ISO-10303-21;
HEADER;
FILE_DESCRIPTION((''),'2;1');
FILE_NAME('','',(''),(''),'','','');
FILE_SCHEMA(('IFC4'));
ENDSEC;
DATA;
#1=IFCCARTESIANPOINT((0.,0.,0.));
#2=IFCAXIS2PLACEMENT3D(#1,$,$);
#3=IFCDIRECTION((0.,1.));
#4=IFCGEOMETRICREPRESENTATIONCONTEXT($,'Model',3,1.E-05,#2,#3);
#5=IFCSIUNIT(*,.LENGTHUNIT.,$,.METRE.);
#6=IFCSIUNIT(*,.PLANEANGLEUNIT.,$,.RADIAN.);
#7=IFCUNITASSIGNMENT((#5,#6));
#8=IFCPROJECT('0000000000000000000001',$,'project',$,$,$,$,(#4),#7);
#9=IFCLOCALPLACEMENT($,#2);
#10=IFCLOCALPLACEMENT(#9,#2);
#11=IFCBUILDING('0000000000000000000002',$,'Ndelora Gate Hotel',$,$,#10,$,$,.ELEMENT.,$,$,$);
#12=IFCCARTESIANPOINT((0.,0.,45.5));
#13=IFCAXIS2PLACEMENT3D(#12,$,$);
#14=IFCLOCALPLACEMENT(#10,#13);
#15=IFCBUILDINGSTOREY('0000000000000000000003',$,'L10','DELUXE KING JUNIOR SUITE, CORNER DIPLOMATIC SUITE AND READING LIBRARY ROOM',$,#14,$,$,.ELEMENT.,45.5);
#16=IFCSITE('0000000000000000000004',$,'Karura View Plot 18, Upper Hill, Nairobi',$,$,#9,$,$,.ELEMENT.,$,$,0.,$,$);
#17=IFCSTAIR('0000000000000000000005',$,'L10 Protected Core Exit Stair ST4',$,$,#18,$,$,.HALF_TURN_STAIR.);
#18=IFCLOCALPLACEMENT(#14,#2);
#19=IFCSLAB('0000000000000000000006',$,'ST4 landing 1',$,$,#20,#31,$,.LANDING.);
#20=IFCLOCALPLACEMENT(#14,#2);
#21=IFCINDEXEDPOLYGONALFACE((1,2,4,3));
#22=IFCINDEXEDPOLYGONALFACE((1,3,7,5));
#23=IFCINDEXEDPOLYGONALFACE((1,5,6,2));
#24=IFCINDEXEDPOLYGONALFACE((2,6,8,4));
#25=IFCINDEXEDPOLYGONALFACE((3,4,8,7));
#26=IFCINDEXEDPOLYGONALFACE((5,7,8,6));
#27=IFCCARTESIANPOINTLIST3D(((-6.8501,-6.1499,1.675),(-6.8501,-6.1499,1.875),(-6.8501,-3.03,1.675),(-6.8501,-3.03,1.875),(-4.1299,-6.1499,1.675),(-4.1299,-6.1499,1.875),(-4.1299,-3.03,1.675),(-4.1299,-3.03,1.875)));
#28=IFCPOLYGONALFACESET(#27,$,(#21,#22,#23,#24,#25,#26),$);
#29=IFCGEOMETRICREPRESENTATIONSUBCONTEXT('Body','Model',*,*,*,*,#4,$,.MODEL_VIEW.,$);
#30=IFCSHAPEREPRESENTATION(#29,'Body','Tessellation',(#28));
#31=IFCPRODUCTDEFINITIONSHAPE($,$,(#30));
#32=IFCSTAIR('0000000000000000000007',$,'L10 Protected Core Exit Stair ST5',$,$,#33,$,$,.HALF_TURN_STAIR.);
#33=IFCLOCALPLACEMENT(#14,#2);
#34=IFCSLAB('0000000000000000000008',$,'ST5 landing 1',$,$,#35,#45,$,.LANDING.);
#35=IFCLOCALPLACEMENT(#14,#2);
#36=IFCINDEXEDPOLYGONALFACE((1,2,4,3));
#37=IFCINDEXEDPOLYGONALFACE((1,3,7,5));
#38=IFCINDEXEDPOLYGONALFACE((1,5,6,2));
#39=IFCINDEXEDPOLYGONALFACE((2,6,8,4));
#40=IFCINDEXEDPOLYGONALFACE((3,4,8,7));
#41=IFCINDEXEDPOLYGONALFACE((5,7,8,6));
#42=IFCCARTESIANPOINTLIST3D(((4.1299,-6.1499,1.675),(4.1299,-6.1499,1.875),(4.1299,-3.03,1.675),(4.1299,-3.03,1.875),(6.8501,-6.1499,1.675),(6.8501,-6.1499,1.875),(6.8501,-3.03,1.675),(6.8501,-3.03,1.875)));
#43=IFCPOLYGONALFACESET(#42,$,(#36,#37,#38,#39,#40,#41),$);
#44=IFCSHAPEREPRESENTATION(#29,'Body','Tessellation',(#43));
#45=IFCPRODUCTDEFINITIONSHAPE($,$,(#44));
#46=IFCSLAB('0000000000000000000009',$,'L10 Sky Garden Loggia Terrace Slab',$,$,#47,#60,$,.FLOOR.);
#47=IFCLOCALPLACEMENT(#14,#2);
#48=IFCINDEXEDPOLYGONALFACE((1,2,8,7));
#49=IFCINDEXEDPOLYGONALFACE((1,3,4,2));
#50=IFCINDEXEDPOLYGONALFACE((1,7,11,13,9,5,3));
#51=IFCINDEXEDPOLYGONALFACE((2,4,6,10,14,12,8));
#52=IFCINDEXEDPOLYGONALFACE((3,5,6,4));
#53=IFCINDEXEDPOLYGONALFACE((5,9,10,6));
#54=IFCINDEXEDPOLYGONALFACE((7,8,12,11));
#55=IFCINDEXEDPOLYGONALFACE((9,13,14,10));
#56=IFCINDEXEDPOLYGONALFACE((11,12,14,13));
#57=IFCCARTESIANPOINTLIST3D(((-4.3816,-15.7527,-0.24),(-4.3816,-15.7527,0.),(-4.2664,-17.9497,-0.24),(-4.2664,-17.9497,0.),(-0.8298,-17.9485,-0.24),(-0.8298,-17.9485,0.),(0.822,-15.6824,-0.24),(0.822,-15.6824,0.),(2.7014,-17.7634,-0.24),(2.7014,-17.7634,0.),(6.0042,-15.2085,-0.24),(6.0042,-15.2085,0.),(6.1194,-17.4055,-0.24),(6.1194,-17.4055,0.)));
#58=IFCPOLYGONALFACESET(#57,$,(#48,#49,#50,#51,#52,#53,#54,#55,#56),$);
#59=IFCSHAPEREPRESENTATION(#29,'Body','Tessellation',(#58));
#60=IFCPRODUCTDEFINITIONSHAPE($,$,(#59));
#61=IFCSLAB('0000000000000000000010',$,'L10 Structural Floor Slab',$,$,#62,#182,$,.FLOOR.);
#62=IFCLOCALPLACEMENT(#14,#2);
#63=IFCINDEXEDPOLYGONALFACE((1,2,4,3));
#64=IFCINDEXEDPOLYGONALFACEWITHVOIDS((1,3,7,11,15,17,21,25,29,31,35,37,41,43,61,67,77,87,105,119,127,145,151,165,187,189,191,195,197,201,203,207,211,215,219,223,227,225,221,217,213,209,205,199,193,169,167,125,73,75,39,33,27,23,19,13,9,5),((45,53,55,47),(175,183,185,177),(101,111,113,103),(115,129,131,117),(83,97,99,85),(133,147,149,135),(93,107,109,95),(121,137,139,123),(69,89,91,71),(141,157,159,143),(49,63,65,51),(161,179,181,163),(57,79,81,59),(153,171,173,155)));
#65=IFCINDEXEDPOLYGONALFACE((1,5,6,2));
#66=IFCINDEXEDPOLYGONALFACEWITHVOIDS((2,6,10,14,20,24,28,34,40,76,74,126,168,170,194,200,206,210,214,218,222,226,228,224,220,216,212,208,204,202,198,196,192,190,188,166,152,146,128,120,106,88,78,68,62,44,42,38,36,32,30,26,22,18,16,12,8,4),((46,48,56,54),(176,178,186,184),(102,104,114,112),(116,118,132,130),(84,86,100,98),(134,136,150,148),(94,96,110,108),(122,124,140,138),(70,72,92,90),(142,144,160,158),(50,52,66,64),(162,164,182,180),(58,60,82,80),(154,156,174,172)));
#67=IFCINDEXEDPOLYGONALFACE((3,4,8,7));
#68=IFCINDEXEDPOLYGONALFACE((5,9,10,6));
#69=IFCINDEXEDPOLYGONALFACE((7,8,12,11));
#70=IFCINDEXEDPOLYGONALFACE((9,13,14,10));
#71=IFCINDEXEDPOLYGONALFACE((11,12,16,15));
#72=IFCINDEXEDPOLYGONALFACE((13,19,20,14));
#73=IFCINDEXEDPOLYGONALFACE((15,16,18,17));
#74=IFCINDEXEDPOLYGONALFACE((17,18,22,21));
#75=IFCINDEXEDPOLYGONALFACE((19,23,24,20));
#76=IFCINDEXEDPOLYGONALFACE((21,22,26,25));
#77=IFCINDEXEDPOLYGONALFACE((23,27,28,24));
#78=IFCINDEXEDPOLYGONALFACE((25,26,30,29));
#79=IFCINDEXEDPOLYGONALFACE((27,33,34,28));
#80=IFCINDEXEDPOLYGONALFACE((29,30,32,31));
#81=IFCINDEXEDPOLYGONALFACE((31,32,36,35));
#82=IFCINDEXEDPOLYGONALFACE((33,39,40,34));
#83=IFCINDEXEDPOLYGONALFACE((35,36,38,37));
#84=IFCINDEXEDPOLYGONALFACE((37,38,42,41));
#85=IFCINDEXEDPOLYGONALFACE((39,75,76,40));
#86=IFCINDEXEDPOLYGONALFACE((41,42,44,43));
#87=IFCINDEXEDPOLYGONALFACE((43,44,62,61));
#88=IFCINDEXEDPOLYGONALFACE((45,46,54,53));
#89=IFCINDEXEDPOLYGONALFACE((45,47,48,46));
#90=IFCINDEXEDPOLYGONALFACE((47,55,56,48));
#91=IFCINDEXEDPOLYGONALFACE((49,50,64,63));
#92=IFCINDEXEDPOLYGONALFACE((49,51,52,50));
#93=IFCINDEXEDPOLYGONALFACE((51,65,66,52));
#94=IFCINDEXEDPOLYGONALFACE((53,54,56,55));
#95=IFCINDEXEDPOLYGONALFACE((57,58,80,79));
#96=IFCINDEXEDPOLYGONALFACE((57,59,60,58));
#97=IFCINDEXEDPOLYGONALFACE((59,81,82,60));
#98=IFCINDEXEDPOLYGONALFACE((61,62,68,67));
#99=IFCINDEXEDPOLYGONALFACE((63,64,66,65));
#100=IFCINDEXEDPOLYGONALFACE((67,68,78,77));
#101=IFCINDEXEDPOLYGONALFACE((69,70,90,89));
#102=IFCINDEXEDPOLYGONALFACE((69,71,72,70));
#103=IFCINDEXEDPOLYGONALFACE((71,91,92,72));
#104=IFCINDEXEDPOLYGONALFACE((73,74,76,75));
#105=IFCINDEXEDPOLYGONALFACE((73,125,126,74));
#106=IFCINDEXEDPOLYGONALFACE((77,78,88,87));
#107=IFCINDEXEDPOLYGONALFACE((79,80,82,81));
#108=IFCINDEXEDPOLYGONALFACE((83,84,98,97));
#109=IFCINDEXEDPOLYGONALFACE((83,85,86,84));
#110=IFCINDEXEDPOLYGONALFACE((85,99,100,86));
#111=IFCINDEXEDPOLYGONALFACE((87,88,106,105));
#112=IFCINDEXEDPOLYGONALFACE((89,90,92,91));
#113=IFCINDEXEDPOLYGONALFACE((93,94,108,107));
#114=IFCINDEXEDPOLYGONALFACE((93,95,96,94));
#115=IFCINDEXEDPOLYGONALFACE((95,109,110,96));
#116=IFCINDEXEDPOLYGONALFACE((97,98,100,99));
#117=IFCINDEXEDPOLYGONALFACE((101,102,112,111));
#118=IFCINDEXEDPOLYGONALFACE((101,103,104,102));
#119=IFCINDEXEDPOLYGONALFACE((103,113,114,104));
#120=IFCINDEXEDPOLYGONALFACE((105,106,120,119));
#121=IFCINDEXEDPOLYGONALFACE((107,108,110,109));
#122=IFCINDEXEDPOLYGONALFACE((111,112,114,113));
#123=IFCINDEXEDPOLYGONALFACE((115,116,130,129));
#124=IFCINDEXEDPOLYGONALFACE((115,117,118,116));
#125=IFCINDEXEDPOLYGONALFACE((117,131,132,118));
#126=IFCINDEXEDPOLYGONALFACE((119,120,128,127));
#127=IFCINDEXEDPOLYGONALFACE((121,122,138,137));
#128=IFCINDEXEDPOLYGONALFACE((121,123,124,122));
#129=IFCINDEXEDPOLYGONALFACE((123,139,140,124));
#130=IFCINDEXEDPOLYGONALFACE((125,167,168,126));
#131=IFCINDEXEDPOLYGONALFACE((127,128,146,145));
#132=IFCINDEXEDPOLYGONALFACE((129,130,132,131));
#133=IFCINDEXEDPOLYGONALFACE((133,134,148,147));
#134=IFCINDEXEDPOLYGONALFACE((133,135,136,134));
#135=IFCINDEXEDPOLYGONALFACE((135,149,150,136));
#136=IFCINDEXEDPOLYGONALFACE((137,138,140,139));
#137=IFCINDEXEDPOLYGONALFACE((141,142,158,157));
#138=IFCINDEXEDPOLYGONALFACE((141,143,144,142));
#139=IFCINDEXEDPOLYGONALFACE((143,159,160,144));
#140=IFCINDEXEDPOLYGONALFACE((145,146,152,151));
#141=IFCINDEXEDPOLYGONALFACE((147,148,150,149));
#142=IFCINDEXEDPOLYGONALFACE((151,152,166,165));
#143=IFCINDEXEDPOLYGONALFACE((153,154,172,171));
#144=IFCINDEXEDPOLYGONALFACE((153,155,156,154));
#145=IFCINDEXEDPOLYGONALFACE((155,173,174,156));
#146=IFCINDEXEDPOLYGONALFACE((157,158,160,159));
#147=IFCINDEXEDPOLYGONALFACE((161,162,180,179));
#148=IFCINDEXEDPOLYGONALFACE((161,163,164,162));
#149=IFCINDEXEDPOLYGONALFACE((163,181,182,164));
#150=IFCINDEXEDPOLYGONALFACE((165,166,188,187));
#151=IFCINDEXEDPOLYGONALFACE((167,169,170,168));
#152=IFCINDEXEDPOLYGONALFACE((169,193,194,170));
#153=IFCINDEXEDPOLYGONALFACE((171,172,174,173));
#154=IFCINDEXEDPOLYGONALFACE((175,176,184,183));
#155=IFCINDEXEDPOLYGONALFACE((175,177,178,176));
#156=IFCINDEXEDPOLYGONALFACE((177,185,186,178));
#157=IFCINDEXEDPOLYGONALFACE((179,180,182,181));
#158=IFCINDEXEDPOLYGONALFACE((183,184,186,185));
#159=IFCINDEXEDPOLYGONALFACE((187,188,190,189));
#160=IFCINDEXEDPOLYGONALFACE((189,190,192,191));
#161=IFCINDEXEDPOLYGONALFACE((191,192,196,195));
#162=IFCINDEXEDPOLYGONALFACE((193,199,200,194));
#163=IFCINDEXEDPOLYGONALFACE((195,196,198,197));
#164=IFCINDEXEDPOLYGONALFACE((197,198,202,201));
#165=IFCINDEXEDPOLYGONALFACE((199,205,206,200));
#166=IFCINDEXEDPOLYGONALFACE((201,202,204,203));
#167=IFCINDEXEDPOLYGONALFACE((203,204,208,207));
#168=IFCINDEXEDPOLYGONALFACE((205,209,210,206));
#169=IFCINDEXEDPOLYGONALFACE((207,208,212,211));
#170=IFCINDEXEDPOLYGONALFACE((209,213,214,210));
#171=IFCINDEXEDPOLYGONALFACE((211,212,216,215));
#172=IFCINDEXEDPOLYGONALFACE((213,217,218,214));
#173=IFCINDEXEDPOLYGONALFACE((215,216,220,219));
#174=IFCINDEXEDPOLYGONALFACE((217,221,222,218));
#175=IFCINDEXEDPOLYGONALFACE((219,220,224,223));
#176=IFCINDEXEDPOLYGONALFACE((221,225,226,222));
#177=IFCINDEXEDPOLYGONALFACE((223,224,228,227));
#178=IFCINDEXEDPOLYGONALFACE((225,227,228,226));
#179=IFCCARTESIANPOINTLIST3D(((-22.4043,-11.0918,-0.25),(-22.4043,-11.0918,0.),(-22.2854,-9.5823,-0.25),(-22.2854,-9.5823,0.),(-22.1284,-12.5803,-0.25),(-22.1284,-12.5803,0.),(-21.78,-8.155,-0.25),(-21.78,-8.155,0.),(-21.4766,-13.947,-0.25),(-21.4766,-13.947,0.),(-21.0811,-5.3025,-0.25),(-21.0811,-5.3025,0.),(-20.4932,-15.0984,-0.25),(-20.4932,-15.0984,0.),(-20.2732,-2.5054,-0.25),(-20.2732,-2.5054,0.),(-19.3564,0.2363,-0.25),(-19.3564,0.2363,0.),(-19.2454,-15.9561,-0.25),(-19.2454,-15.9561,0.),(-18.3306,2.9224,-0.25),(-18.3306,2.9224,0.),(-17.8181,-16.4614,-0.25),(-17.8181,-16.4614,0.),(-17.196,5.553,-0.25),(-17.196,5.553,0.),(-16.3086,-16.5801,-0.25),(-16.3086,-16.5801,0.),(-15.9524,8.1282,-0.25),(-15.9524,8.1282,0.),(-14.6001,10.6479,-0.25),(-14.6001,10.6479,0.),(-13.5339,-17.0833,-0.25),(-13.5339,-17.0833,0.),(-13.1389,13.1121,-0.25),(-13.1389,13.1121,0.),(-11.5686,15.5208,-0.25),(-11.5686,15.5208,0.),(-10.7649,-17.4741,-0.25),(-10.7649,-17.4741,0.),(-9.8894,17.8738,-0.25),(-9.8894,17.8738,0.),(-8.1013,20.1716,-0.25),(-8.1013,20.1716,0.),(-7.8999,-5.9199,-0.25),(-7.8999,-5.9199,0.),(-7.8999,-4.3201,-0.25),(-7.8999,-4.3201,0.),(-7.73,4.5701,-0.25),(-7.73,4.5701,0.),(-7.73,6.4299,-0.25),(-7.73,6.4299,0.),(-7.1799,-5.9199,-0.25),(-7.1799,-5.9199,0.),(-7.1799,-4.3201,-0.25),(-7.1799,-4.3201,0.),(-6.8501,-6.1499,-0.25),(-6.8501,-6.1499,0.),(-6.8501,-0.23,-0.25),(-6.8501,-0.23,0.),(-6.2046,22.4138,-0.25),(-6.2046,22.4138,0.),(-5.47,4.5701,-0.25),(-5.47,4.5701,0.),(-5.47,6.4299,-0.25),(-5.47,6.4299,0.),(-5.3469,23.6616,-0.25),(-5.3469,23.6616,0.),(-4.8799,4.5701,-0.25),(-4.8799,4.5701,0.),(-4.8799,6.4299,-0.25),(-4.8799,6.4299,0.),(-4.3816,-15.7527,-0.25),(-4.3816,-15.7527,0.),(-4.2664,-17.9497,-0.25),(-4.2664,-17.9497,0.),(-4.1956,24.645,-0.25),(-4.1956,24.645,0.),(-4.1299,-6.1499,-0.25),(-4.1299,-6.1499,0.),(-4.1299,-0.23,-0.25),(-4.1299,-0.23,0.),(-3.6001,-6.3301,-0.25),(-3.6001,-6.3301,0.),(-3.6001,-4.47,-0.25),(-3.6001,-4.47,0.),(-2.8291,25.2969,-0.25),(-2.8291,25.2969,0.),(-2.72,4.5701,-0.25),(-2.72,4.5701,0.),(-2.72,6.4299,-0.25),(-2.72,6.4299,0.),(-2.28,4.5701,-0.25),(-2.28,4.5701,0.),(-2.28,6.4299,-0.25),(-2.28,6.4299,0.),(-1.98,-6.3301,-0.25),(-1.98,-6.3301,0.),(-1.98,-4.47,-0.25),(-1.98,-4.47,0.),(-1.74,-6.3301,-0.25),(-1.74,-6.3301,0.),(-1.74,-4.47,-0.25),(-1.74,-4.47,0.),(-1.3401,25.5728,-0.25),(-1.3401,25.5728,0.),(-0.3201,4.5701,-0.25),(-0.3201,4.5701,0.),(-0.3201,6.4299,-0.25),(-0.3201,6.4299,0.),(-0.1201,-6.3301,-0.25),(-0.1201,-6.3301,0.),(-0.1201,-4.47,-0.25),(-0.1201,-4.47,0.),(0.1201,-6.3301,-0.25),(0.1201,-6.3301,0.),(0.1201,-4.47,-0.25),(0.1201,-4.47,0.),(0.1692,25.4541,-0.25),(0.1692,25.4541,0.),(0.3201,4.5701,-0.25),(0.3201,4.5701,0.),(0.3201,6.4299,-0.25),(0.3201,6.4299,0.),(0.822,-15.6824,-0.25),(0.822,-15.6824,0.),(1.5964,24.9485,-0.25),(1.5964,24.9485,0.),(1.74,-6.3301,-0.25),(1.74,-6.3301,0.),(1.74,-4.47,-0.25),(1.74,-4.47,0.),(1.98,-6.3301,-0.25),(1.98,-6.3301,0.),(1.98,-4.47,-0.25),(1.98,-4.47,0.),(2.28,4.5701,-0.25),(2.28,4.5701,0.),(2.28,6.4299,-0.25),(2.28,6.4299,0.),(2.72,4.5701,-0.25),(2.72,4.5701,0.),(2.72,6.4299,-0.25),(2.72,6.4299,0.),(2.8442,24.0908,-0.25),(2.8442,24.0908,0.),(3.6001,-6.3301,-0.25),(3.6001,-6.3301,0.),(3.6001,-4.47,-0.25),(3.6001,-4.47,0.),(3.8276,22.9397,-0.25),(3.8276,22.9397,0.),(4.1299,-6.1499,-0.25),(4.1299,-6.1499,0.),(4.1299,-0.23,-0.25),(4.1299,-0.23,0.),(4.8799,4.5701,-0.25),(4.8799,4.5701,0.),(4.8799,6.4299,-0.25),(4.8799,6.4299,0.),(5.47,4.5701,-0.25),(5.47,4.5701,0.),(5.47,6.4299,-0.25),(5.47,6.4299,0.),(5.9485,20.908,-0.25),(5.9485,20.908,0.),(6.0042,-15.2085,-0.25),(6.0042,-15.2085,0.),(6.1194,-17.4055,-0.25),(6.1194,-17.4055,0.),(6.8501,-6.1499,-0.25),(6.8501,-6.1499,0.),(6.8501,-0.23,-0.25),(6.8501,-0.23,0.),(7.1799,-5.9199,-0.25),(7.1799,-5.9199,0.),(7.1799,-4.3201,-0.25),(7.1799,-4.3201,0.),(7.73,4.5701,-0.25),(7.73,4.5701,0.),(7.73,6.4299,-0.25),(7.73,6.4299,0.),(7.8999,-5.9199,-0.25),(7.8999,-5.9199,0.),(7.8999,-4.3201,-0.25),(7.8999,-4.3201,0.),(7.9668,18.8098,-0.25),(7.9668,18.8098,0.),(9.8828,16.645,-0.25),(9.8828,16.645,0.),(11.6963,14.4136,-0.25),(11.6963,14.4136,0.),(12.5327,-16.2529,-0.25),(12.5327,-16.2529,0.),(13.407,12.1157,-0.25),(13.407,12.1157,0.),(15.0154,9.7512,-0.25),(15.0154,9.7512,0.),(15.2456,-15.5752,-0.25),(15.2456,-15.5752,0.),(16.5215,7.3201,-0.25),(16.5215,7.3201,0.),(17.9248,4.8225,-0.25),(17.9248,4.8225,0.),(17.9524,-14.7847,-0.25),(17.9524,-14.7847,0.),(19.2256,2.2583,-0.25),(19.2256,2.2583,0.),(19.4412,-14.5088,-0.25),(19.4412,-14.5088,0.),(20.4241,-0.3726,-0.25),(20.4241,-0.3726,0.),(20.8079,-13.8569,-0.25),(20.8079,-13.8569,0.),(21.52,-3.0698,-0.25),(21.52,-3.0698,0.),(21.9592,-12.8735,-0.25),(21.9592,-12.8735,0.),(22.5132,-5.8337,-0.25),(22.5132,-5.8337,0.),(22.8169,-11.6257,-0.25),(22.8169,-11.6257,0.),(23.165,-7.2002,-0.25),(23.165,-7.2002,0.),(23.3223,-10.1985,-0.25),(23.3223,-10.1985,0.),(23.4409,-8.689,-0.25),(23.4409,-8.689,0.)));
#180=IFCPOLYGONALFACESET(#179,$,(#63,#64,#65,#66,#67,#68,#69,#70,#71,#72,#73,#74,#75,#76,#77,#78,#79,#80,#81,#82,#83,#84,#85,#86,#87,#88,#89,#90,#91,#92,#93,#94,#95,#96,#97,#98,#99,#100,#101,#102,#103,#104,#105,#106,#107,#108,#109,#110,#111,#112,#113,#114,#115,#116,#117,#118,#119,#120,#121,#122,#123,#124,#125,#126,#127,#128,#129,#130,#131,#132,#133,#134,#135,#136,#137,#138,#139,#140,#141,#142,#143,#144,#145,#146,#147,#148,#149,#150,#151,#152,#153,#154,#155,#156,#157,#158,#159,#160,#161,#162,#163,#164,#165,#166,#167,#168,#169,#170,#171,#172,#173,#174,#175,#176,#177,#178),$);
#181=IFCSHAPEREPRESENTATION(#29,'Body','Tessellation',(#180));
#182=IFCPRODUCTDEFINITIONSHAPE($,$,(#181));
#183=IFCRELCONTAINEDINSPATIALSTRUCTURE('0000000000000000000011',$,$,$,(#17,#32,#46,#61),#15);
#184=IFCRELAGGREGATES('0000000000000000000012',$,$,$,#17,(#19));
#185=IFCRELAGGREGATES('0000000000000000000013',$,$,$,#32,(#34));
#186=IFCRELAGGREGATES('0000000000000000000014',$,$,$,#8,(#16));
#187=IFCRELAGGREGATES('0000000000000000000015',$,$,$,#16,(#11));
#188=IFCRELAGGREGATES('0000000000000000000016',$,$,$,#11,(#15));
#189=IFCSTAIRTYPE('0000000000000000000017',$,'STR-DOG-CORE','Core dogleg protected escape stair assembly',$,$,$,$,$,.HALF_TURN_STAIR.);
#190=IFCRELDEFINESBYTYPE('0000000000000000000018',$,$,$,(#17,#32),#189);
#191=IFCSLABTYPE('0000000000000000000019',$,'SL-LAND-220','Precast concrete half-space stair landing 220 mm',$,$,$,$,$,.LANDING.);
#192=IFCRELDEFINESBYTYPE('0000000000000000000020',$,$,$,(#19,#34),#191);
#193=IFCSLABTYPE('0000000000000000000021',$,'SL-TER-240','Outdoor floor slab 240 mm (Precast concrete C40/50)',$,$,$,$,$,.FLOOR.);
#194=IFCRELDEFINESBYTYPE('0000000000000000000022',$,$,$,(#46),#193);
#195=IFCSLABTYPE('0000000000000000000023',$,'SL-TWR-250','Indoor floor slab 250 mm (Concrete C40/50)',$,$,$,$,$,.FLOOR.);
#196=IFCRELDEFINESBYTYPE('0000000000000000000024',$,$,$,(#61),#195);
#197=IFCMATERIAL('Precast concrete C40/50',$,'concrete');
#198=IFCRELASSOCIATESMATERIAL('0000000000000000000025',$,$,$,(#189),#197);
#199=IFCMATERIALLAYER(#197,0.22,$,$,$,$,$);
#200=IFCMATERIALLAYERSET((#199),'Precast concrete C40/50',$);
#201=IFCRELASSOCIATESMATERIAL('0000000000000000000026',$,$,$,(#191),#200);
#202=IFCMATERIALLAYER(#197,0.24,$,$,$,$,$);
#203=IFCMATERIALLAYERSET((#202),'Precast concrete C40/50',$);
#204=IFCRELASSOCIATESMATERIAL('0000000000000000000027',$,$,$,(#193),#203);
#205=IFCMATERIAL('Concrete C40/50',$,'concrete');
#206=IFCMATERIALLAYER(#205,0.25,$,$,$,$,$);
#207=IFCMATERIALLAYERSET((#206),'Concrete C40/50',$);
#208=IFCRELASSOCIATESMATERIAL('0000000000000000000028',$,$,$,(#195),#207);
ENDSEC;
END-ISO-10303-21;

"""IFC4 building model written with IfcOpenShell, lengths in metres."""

from ifc_helpers import new_model, si_unit, direction, frame, origin, place, context, subcontext, project, spatial, polyline, outline, extrude, material, layer, layer_set, type_object, element, aggregate, save


model = new_model("IFC4")

# Units and contexts
model_context = context("Model", 3, precision=1e-05, world=origin(), true_north=direction((0.0, 1.0)))
body_context = subcontext(model_context, "Body", "Model", "MODEL_VIEW")
ifc_project = project(units=[si_unit("LENGTHUNIT", "METRE"), si_unit("PLANEANGLEUNIT", "RADIAN")], contexts=[model_context])

# Site, building, storey
site_placement = place(None, origin())
site = spatial("IfcSite", under=ifc_project, at=site_placement, Name="Karura View Plot 18, Upper Hill, Nairobi", CompositionType="ELEMENT", RefElevation=0.0)
building_placement = place(site_placement, origin())
building = spatial("IfcBuilding", under=site, at=building_placement, Name="Ndelora Gate Hotel", CompositionType="ELEMENT")
storey_placement = place(building_placement, frame((0.0, 0.0, 45.5)))
storey = spatial("IfcBuildingStorey", under=building, at=storey_placement, Name="L10", Description="DELUXE KING JUNIOR SUITE, CORNER DIPLOMATIC SUITE AND READING LIBRARY ROOM", CompositionType="ELEMENT", Elevation=45.5)

# Stairs, slabs
ifc_material_1 = material(Name="Precast concrete C40/50", Category="concrete")
stair_type = type_object("IfcStairType", Name="STR-DOG-CORE", Description="Core dogleg protected escape stair assembly", PredefinedType="HALF_TURN_STAIR", material=ifc_material_1)
stair_1_placement = place(storey_placement, origin())
stair_1 = element("IfcStair", 1, at=stair_1_placement, inside=storey, type_object=stair_type, Name="L10 Protected Core Exit Stair ST4", PredefinedType="HALF_TURN_STAIR")
ifc_layer_1 = layer(ifc_material_1, 0.22)
ifc_layer_set_1 = layer_set([ifc_layer_1], Name="Precast concrete C40/50")
slab_type_1 = type_object("IfcSlabType", Name="SL-LAND-220", Description="Precast concrete half-space stair landing 220 mm", PredefinedType="LANDING", material=ifc_layer_set_1)
slab_1_placement = place(storey_placement, frame((0.0, 0.0, 1.675)))
slab_1 = element("IfcSlab", 2, at=slab_1_placement, type_object=slab_type_1, Name="ST4 landing 1", PredefinedType="LANDING", context=body_context, shape_type="SweptSolid", body=[
    extrude(outline(polyline([(-6.8501, -3.03), (-6.8501, -6.1499), (-4.1299, -6.1499), (-4.1299, -3.03), (-6.8501, -3.03)])), origin(), (0.0, 0.0, 1.0), 0.2),
])
aggregate(stair_1, [slab_1])
stair_2_placement = place(storey_placement, origin())
stair_2 = element("IfcStair", 3, at=stair_2_placement, inside=storey, type_object=stair_type, Name="L10 Protected Core Exit Stair ST5", PredefinedType="HALF_TURN_STAIR")
slab_2_placement = place(storey_placement, frame((0.0, 0.0, 1.675)))
slab_2 = element("IfcSlab", 4, at=slab_2_placement, type_object=slab_type_1, Name="ST5 landing 1", PredefinedType="LANDING", context=body_context, shape_type="SweptSolid", body=[
    extrude(outline(polyline([(4.1299, -3.03), (4.1299, -6.1499), (6.8501, -6.1499), (6.8501, -3.03), (4.1299, -3.03)])), origin(), (0.0, 0.0, 1.0), 0.2),
])

# Slabs
ifc_layer_2 = layer(ifc_material_1, 0.24)
ifc_layer_set_2 = layer_set([ifc_layer_2], Name="Precast concrete C40/50")
slab_type_2 = type_object("IfcSlabType", Name="SL-TER-240", Description="Outdoor floor slab 240 mm (Precast concrete C40/50)", PredefinedType="FLOOR", material=ifc_layer_set_2)
slab_3_placement = place(storey_placement, frame((0.0, 0.0, -0.24)))
element("IfcSlab", 5, at=slab_3_placement, inside=storey, type_object=slab_type_2, Name="L10 Sky Garden Loggia Terrace Slab", PredefinedType="FLOOR", context=body_context, shape_type="SweptSolid", body=[
    extrude(outline(polyline([(-4.3816, -15.7527), (-4.2664, -17.9497), (-0.8298, -17.9485), (2.7014, -17.7634), (6.1194, -17.4055), (6.0042, -15.2085), (0.822, -15.6824), (-4.3816, -15.7527)])), origin(), (0.0, 0.0, 1.0), 0.24),
])
ifc_material_2 = material(Name="Concrete C40/50", Category="concrete")
ifc_layer_3 = layer(ifc_material_2, 0.25)
ifc_layer_set_3 = layer_set([ifc_layer_3], Name="Concrete C40/50")
slab_type_3 = type_object("IfcSlabType", Name="SL-TWR-250", Description="Indoor floor slab 250 mm (Concrete C40/50)", PredefinedType="FLOOR", material=ifc_layer_set_3)
slab_4_placement = place(storey_placement, frame((0.0, 0.0, -0.25)))
element("IfcSlab", 6, at=slab_4_placement, inside=storey, type_object=slab_type_3, Name="L10 Structural Floor Slab", PredefinedType="FLOOR", context=body_context, shape_type="SweptSolid", body=[
    extrude(outline(polyline([(3.8276, 22.9397), (2.8442, 24.0908), (1.5964, 24.9485), (0.1692, 25.4541), (-1.3401, 25.5728), (-2.8291, 25.2969), (-4.1956, 24.645), (-5.3469, 23.6616), (-6.2046, 22.4138), (-8.1013, 20.1716), (-9.8894, 17.8738), (-11.5686, 15.5208), (-13.1389, 13.1121), (-14.6001, 10.6479), (-15.9524, 8.1282), (-17.196, 5.553), (-18.3306, 2.9224), (-19.3564, 0.2363), (-20.2732, -2.5054), (-21.0811, -5.3025), (-21.78, -8.155), (-22.2854, -9.5823), (-22.4043, -11.0918), (-22.1284, -12.5803), (-21.4766, -13.947), (-20.4932, -15.0984), (-19.2454, -15.9561), (-17.8181, -16.4614), (-16.3086, -16.5801), (-13.5339, -17.0833), (-10.7649, -17.4741), (-4.2664, -17.9497), (-4.3816, -15.7527), (0.822, -15.6824), (6.0042, -15.2085), (6.1194, -17.4055), (12.5327, -16.2529), (15.2456, -15.5752), (17.9524, -14.7847), (19.4412, -14.5088), (20.8079, -13.8569), (21.9592, -12.8735), (22.8169, -11.6257), (23.3223, -10.1985), (23.4409, -8.689), (23.165, -7.2002), (22.5132, -5.8337), (21.52, -3.0698), (20.4241, -0.3726), (19.2256, 2.2583), (17.9248, 4.8225), (16.5215, 7.3201), (15.0154, 9.7512), (13.407, 12.1157), (11.6963, 14.4136), (9.8828, 16.645), (7.9668, 18.8098), (5.9485, 20.908), (3.8276, 22.9397)]), holes=[polyline([(-6.8501, -0.23), (-6.8501, -6.1499), (-4.1299, -6.1499), (-4.1299, -0.23), (-6.8501, -0.23)]), polyline([(4.1299, -0.23), (4.1299, -6.1499), (6.8501, -6.1499), (6.8501, -0.23), (4.1299, -0.23)]), polyline([(-7.73, 4.5701), (-5.47, 4.5701), (-5.47, 6.4299), (-7.73, 6.4299), (-7.73, 4.5701)]), polyline([(5.47, 4.5701), (7.73, 4.5701), (7.73, 6.4299), (5.47, 6.4299), (5.47, 4.5701)]), polyline([(-4.8799, 4.5701), (-2.72, 4.5701), (-2.72, 6.4299), (-4.8799, 6.4299), (-4.8799, 4.5701)]), polyline([(2.72, 4.5701), (4.8799, 4.5701), (4.8799, 6.4299), (2.72, 6.4299), (2.72, 4.5701)]), polyline([(-3.6001, -6.3301), (-1.98, -6.3301), (-1.98, -4.47), (-3.6001, -4.47), (-3.6001, -6.3301)]), polyline([(-1.74, -6.3301), (-0.1201, -6.3301), (-0.1201, -4.47), (-1.74, -4.47), (-1.74, -6.3301)]), polyline([(0.1201, -6.3301), (1.74, -6.3301), (1.74, -4.47), (0.1201, -4.47), (0.1201, -6.3301)]), polyline([(1.98, -6.3301), (3.6001, -6.3301), (3.6001, -4.47), (1.98, -4.47), (1.98, -6.3301)]), polyline([(-2.28, 4.5701), (-0.3201, 4.5701), (-0.3201, 6.4299), (-2.28, 6.4299), (-2.28, 4.5701)]), polyline([(0.3201, 4.5701), (2.28, 4.5701), (2.28, 6.4299), (0.3201, 6.4299), (0.3201, 4.5701)]), polyline([(-7.8999, -5.9199), (-7.1799, -5.9199), (-7.1799, -4.3201), (-7.8999, -4.3201), (-7.8999, -5.9199)]), polyline([(7.1799, -5.9199), (7.8999, -5.9199), (7.8999, -4.3201), (7.1799, -4.3201), (7.1799, -5.9199)])]), origin(), (0.0, 0.0, 1.0), 0.25),
])

aggregate(stair_2, [slab_2])

save(model, "model.ifc")
